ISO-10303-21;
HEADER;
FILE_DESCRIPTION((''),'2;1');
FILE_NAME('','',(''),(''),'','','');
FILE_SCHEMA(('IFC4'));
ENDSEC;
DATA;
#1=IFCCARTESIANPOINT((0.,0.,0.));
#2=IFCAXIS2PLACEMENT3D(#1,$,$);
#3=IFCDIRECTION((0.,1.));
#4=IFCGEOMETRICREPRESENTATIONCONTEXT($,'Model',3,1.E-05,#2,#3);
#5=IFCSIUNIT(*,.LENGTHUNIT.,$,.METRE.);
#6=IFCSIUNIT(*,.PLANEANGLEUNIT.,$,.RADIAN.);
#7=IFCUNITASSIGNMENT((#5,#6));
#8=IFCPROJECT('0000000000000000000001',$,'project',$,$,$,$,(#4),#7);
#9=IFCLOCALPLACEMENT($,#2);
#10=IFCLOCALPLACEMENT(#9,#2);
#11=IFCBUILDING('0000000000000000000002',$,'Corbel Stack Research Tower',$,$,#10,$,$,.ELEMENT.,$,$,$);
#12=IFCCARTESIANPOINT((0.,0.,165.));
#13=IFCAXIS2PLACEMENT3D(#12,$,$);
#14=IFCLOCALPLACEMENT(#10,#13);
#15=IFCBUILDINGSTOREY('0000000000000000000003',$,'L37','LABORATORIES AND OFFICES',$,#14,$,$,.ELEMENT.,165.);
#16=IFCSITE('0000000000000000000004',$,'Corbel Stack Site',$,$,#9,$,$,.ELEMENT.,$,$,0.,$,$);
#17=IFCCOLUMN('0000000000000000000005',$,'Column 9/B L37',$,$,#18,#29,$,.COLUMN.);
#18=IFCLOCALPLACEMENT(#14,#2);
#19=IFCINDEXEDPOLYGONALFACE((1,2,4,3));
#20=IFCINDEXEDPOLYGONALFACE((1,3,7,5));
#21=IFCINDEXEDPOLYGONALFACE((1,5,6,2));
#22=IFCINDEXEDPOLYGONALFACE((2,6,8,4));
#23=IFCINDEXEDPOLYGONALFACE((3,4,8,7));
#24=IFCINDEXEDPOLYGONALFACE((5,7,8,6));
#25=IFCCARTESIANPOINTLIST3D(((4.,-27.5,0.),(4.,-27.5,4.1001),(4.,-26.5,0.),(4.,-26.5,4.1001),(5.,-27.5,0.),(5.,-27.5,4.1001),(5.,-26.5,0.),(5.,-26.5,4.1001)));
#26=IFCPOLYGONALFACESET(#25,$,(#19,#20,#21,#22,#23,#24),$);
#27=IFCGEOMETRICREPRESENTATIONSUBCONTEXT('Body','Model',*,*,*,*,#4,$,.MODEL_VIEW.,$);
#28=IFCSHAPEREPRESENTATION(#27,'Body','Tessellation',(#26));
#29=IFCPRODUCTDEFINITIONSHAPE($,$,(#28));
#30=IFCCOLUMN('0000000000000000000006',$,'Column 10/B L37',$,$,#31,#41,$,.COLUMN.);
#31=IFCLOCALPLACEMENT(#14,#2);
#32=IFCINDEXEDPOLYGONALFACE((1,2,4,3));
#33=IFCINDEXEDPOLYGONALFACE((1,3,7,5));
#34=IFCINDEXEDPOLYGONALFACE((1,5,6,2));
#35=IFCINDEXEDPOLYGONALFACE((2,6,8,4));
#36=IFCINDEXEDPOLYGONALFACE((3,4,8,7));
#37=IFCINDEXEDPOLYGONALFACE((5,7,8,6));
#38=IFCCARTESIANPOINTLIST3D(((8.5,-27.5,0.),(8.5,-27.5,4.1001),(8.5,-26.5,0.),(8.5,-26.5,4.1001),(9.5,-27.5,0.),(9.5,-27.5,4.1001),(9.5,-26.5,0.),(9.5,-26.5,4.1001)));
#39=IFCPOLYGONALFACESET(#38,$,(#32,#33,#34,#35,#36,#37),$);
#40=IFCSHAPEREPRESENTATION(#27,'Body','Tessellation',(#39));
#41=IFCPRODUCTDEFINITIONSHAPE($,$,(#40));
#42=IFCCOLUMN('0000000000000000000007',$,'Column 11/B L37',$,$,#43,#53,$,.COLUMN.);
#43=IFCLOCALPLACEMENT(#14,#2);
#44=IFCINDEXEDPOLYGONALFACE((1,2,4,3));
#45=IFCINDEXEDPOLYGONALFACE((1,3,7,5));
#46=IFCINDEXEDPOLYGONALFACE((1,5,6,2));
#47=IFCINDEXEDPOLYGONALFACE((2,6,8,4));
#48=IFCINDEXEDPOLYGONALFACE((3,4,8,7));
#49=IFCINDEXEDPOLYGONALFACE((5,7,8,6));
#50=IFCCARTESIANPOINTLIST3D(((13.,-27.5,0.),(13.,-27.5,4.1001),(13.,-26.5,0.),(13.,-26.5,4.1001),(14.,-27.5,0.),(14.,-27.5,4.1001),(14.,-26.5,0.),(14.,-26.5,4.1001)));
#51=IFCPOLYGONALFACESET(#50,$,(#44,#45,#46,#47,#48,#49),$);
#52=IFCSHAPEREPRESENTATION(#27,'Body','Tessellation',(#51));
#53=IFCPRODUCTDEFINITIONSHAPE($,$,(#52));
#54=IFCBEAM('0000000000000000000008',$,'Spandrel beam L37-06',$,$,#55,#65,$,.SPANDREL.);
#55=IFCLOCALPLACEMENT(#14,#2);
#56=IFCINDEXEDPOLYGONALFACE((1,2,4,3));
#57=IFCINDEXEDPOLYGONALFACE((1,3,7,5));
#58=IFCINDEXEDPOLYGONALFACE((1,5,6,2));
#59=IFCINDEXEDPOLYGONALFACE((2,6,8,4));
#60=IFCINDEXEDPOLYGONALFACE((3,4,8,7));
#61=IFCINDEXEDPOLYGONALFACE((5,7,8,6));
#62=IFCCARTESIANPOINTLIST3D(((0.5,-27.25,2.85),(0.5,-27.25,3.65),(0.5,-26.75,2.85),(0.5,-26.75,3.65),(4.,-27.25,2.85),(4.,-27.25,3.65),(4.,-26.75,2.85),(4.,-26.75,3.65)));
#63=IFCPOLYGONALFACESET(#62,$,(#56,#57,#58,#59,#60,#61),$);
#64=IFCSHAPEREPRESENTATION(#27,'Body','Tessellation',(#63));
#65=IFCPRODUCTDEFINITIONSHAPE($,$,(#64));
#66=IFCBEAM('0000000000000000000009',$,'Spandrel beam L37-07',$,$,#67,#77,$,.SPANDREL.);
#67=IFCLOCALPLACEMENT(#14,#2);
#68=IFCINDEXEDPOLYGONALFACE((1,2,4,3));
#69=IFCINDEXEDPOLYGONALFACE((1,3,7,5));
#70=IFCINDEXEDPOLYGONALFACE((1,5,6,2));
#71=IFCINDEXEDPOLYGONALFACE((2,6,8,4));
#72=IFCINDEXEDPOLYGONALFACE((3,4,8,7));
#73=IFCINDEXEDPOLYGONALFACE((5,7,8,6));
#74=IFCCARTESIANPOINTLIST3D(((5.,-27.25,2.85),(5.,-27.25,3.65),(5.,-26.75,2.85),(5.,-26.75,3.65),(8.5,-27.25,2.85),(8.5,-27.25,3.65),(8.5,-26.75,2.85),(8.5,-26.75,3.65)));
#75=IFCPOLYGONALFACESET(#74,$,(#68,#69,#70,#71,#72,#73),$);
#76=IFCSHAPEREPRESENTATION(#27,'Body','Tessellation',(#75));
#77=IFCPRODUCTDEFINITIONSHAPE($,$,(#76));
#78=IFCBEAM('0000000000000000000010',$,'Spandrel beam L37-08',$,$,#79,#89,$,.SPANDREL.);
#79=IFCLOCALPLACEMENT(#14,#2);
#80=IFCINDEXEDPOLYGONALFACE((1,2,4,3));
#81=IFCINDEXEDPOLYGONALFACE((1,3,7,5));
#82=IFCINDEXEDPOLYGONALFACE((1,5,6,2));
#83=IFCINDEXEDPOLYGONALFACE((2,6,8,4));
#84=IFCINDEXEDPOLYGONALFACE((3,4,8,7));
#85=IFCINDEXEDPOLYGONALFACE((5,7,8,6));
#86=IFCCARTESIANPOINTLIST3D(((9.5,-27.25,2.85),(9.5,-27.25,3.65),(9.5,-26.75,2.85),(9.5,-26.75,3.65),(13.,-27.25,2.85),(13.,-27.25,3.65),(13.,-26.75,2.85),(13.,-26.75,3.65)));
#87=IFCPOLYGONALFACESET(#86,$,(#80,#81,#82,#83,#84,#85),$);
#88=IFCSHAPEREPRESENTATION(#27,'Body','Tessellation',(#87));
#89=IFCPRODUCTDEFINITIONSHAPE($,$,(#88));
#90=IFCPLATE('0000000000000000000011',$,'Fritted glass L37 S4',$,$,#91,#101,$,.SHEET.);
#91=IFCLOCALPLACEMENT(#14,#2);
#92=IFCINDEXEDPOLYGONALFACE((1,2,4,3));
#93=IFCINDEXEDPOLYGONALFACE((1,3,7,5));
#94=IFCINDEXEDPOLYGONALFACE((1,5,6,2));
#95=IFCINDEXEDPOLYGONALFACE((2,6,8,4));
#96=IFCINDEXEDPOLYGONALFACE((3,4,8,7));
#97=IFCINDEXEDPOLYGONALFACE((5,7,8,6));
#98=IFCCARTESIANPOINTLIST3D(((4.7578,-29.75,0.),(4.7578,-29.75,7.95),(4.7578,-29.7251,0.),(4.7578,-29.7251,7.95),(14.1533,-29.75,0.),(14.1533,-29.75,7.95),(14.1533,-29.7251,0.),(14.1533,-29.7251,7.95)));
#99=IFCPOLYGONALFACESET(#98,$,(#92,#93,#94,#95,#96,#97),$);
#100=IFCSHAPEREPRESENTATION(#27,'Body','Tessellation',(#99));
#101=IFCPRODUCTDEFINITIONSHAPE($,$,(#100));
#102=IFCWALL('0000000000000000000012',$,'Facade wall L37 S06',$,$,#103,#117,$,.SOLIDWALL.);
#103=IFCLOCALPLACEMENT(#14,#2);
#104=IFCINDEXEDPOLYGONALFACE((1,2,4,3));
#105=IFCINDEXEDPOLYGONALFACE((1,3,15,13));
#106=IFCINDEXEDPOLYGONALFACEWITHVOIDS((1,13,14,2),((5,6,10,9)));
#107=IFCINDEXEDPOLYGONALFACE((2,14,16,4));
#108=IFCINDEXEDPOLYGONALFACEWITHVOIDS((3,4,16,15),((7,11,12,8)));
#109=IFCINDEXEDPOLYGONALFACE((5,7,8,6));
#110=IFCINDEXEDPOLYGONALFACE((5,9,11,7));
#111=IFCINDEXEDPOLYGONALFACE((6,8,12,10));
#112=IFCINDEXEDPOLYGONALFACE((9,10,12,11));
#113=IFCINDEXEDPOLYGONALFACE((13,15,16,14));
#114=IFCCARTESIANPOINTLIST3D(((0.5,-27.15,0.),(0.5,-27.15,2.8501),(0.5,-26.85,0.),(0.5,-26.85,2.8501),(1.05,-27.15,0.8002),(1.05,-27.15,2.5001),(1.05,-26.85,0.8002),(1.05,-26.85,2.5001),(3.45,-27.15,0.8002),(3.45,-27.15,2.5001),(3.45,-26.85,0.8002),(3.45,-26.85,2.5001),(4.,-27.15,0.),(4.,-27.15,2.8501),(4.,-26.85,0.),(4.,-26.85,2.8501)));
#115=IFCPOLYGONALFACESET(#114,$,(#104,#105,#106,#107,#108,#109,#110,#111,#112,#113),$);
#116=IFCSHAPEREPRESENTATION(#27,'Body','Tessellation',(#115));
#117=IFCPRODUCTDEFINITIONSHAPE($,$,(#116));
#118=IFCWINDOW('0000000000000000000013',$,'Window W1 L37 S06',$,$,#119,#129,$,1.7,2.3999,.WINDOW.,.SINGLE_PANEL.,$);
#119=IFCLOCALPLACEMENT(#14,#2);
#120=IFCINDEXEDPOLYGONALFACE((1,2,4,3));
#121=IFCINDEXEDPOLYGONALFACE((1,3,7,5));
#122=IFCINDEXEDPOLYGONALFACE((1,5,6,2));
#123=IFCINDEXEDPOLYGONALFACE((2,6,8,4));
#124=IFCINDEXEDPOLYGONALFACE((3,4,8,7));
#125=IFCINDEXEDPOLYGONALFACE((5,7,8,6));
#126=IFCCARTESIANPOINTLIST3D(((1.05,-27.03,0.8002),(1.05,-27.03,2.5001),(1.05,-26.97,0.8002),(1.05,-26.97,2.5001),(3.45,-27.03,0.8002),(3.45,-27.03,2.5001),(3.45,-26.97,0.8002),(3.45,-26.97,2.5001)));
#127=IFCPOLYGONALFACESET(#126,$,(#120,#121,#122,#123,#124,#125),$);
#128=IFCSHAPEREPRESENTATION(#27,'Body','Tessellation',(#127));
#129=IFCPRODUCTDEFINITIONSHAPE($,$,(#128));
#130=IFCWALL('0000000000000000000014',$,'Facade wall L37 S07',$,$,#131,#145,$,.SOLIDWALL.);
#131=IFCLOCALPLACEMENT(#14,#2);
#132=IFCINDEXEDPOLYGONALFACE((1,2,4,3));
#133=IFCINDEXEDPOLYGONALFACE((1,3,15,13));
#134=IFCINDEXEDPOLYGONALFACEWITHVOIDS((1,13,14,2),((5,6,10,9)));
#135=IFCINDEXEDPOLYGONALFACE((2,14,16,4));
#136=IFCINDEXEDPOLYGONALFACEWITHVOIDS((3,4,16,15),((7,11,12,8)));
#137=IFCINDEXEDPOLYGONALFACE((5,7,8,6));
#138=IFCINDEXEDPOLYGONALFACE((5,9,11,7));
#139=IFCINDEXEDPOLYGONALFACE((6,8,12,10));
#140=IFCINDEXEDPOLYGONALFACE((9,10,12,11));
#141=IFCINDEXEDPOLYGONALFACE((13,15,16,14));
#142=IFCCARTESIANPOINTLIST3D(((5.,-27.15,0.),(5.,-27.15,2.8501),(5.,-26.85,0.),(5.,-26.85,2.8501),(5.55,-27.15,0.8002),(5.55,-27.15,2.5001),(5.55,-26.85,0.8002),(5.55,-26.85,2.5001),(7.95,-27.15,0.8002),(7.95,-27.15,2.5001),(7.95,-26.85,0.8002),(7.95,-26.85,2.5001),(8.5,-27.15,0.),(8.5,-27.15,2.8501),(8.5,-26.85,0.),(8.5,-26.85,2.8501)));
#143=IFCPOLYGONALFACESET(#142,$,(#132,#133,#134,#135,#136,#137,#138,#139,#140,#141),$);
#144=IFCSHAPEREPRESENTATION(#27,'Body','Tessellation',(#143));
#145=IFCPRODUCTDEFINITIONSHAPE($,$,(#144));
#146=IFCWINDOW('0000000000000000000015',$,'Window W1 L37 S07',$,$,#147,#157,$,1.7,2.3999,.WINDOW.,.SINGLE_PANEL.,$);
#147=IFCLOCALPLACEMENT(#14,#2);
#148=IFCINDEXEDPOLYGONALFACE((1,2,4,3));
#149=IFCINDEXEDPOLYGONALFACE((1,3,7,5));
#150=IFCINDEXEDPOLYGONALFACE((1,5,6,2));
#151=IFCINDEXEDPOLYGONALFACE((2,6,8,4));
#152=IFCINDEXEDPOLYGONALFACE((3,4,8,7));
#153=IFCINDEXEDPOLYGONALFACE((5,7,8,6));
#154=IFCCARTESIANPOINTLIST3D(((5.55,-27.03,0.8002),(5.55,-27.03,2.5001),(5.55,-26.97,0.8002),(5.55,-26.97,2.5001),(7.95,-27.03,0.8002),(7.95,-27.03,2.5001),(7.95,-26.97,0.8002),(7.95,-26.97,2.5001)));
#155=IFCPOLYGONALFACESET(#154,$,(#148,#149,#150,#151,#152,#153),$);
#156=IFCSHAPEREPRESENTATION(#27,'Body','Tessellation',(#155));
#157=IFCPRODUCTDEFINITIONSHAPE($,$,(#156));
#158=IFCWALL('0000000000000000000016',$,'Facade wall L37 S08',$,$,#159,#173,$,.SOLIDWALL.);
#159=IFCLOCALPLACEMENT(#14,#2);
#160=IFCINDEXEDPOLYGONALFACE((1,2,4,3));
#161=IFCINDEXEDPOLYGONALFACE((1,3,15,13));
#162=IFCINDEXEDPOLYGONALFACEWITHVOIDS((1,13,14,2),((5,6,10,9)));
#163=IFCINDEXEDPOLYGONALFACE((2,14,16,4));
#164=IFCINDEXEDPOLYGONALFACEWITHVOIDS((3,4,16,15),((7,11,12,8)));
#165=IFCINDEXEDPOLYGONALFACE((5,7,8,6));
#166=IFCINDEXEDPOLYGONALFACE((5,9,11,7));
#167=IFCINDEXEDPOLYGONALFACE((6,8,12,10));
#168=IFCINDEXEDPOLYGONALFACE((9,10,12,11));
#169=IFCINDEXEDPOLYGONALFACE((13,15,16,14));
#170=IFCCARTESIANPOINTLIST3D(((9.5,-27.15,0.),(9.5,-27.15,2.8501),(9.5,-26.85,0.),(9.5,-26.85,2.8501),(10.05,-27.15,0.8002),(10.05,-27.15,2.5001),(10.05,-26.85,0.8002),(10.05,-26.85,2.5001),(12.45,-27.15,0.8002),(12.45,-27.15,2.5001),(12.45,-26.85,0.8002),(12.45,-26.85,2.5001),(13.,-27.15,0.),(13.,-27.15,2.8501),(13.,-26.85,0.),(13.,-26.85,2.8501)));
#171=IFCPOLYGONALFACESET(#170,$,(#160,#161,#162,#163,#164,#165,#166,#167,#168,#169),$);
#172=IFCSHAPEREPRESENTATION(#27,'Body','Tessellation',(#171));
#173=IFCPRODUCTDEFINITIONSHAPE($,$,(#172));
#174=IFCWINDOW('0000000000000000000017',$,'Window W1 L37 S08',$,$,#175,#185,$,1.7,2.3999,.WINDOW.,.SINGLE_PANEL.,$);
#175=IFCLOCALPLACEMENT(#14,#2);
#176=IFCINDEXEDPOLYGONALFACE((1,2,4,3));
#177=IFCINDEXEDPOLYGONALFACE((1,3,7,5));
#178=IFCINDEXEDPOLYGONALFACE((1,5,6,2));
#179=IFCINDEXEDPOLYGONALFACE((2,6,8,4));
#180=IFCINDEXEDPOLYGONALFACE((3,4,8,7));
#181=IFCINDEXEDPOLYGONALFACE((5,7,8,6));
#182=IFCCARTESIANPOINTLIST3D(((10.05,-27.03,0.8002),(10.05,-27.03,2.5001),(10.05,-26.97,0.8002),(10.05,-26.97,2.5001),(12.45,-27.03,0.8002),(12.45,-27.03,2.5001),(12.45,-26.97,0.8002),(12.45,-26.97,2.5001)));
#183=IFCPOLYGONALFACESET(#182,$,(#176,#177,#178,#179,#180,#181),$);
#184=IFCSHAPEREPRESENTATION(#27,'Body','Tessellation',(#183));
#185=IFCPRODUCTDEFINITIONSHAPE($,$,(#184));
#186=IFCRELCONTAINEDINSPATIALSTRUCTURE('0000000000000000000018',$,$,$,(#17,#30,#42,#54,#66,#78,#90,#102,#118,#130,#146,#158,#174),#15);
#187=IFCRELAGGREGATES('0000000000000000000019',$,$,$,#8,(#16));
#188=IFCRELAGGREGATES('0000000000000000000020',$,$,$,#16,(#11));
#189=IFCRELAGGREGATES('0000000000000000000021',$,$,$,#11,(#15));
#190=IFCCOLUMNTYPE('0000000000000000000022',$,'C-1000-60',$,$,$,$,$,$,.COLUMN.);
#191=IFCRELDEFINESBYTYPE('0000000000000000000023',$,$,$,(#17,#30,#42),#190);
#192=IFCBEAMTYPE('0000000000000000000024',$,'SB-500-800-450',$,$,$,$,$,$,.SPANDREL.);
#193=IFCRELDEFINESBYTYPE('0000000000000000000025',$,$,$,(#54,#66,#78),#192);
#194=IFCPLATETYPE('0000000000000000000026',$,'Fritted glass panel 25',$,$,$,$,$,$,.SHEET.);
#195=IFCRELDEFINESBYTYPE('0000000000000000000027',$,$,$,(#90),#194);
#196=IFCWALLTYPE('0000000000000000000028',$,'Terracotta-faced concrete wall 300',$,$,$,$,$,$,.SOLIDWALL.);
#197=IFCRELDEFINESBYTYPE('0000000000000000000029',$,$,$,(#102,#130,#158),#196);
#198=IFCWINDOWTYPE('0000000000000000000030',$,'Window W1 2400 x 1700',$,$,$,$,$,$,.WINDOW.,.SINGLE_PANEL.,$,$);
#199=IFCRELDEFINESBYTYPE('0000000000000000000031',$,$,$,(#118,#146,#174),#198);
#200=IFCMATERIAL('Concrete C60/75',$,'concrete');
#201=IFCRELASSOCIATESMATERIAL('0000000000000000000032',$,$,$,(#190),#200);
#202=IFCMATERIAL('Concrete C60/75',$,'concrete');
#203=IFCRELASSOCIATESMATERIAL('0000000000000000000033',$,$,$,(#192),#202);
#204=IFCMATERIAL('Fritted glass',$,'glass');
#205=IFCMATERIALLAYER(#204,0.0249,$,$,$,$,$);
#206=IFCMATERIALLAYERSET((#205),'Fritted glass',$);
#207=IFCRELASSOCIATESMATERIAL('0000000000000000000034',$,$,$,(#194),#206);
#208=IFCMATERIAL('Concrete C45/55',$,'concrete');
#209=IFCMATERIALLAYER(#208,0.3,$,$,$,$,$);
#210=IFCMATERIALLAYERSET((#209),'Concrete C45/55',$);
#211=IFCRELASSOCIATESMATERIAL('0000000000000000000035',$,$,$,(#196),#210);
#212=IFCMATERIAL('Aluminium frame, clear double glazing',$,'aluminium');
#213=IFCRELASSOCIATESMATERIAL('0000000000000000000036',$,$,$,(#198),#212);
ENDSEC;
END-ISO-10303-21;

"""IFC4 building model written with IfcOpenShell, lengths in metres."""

from ifc_helpers import new_model, si_unit, direction, frame, frame_2d, origin, origin_2d, place, context, subcontext, project, spatial, rectangle, extrude, material, layer, layer_set, material_profile, profile_set, type_object, element, fill, save


model = new_model("IFC4")

# Units and contexts
model_context = context("Model", 3, precision=1e-05, world=origin(), true_north=direction((0.0, 1.0)))
body_context = subcontext(model_context, "Body", "Model", "MODEL_VIEW")
ifc_project = project(units=[si_unit("LENGTHUNIT", "METRE"), si_unit("PLANEANGLEUNIT", "RADIAN")], contexts=[model_context])

# Site, building, storey
site_placement = place(None, origin())
site = spatial("IfcSite", under=ifc_project, at=site_placement, Name="Corbel Stack Site", CompositionType="ELEMENT", RefElevation=0.0)
building_placement = place(site_placement, origin())
building = spatial("IfcBuilding", under=site, at=building_placement, Name="Corbel Stack Research Tower", CompositionType="ELEMENT")
storey_placement = place(building_placement, frame((0.0, 0.0, 165.0)))
storey = spatial("IfcBuildingStorey", under=building, at=storey_placement, Name="L37", Description="LABORATORIES AND OFFICES", CompositionType="ELEMENT", Elevation=165.0)

# Columns
ifc_material_1 = material(Name="Concrete C60/75", Category="concrete")
ifc_material_profile_1 = material_profile(ifc_material_1, rectangle(XDim=1.0, YDim=1.0, at=origin_2d()), Name="RC 1000 x 1000")
ifc_profile_set_1 = profile_set([ifc_material_profile_1], Name="Concrete C60/75")
column_type = type_object("IfcColumnType", Name="C-1000-60", PredefinedType="COLUMN", material=ifc_profile_set_1)
for number, where, z_axis, x_axis, name in (
    (1, (4.5, -27.0, 0.0), (0.0, 0.0, 1.0), (1.0, 0.0, 0.0), "Column 9/B L37"),
    (2, (9.0, -27.0, 0.0), (0.0, 0.0, 1.0), (1.0, 0.0, 0.0), "Column 10/B L37"),
    (3, (13.5, -27.0, 0.0), (0.0, 0.0, 1.0), (1.0, 0.0, 0.0), "Column 11/B L37"),
):
    element("IfcColumn", number, at=place(storey_placement, frame(where, z_axis=z_axis, x_axis=x_axis)), inside=storey, type_object=column_type, Name=name, PredefinedType="COLUMN", context=body_context, shape_type="SweptSolid", body=[
        extrude(rectangle(XDim=1.0, YDim=1.0, at=origin_2d()), origin(), (0.0, 0.0, 1.0), 4.1001),
    ])

# Beams
ifc_material_2 = material(Name="Concrete C60/75", Category="concrete")
ifc_material_profile_2 = material_profile(ifc_material_2, rectangle(XDim=0.5, YDim=0.8, at=origin_2d()), Name="RC 500 x 800")
ifc_profile_set_2 = profile_set([ifc_material_profile_2], Name="Concrete C60/75")
beam_type = type_object("IfcBeamType", Name="SB-500-800-450", PredefinedType="SPANDREL", material=ifc_profile_set_2)
for number, where, z_axis, x_axis, name in (
    (4, (0.5, -27.0, 3.25), (1.0, 0.0, 0.0), (0.0, 1.0, 0.0), "Spandrel beam L37-06"),
    (5, (5.0, -27.0, 3.25), (1.0, 0.0, 0.0), (0.0, 1.0, 0.0), "Spandrel beam L37-07"),
    (6, (9.5, -27.0, 3.25), (1.0, 0.0, 0.0), (0.0, 1.0, 0.0), "Spandrel beam L37-08"),
):
    element("IfcBeam", number, at=place(storey_placement, frame(where, z_axis=z_axis, x_axis=x_axis)), inside=storey, type_object=beam_type, Name=name, PredefinedType="SPANDREL", context=body_context, shape_type="SweptSolid", body=[
        extrude(rectangle(XDim=0.5, YDim=0.8, at=origin_2d()), origin(), (0.0, 0.0, 1.0), 3.5),
    ])

# Plate
ifc_material_3 = material(Name="Fritted glass", Category="glass")
ifc_layer_1 = layer(ifc_material_3, 0.0249)
ifc_layer_set_1 = layer_set([ifc_layer_1], Name="Fritted glass")
plate_type = type_object("IfcPlateType", Name="Fritted glass panel 25", PredefinedType="SHEET", material=ifc_layer_set_1)
plate_placement = place(storey_placement, frame((9.4556, -29.7375, 0.0), z_axis=(0.0, 0.0, 1.0), x_axis=(1.0, 0.0, 0.0)))
element("IfcPlate", 7, at=plate_placement, inside=storey, type_object=plate_type, Name="Fritted glass L37 S4", PredefinedType="SHEET", context=body_context, shape_type="SweptSolid", body=[
    extrude(rectangle(XDim=9.3955, YDim=0.0249, at=origin_2d()), origin(), (0.0, 0.0, 1.0), 7.95),
])

# Walls, openings, windows
ifc_material_4 = material(Name="Concrete C45/55", Category="concrete")
ifc_layer_2 = layer(ifc_material_4, 0.3)
ifc_layer_set_2 = layer_set([ifc_layer_2], Name="Concrete C45/55")
wall_type = type_object("IfcWallType", Name="Terracotta-faced concrete wall 300", PredefinedType="SOLIDWALL", material=ifc_layer_set_2)
wall_1_placement = place(storey_placement, frame((4.0, -27.0, 0.0), z_axis=(0.0, 0.0, 1.0), x_axis=(-1.0, 0.0, 0.0)))
wall_1 = element("IfcWall", 8, at=wall_1_placement, inside=storey, type_object=wall_type, Name="Facade wall L37 S06", PredefinedType="SOLIDWALL", context=body_context, shape_type="SweptSolid", body=[
    extrude(rectangle(XDim=3.5, YDim=0.3, at=frame_2d((1.75, 0.0))), origin(), (0.0, 0.0, 1.0), 2.8501),
])
opening_1_placement = place(wall_1_placement, frame((0.55, 0.0, 0.8)))
opening_1 = element("IfcOpeningElement", 9, at=opening_1_placement, cuts=wall_1, PredefinedType="OPENING", context=body_context, shape_type="SweptSolid", body=[
    extrude(rectangle(XDim=2.3999, YDim=1.7, at=frame_2d((1.2, 0.8501))), frame((0.0, 0.1599, 0.0), z_axis=(0.0, -1.0, 0.0), x_axis=(1.0, 0.0, 0.0)), (0.0, 0.0, 1.0), 0.3201),
])
ifc_material_5 = material(Name="Aluminium frame, clear double glazing", Category="aluminium")
window_type = type_object("IfcWindowType", Name="Window W1 2400 x 1700", PartitioningType="SINGLE_PANEL", PredefinedType="WINDOW", material=ifc_material_5)
window_1_placement = place(opening_1_placement, origin())
window_1 = element("IfcWindow", 10, at=window_1_placement, inside=storey, type_object=window_type, Name="Window W1 L37 S06", OverallHeight=1.7, OverallWidth=2.3999, PartitioningType="SINGLE_PANEL", PredefinedType="WINDOW", context=body_context, shape_type="SweptSolid", body=[
    extrude(rectangle(XDim=2.3999, YDim=1.7, at=frame_2d((1.2, 0.8501))), frame((0.0, 0.03, 0.0), z_axis=(0.0, -1.0, 0.0), x_axis=(1.0, 0.0, 0.0)), (0.0, 0.0, 1.0), 0.0601),
])
fill(opening_1, window_1)
wall_2_placement = place(storey_placement, frame((8.5, -27.0, 0.0), z_axis=(0.0, 0.0, 1.0), x_axis=(-1.0, 0.0, 0.0)))
wall_2 = element("IfcWall", 11, at=wall_2_placement, inside=storey, type_object=wall_type, Name="Facade wall L37 S07", PredefinedType="SOLIDWALL", context=body_context, shape_type="SweptSolid", body=[
    extrude(rectangle(XDim=3.5, YDim=0.3, at=frame_2d((1.75, 0.0))), origin(), (0.0, 0.0, 1.0), 2.8501),
])
opening_2_placement = place(wall_2_placement, frame((0.55, 0.0, 0.8)))
opening_2 = element("IfcOpeningElement", 12, at=opening_2_placement, cuts=wall_2, PredefinedType="OPENING", context=body_context, shape_type="SweptSolid", body=[
    extrude(rectangle(XDim=2.3999, YDim=1.7, at=frame_2d((1.2, 0.8501))), frame((0.0, 0.1599, 0.0), z_axis=(0.0, -1.0, 0.0), x_axis=(1.0, 0.0, 0.0)), (0.0, 0.0, 1.0), 0.3201),
])
window_2_placement = place(opening_2_placement, origin())
window_2 = element("IfcWindow", 13, at=window_2_placement, inside=storey, type_object=window_type, Name="Window W1 L37 S07", OverallHeight=1.7, OverallWidth=2.3999, PartitioningType="SINGLE_PANEL", PredefinedType="WINDOW", context=body_context, shape_type="SweptSolid", body=[
    extrude(rectangle(XDim=2.3999, YDim=1.7, at=frame_2d((1.2, 0.8501))), frame((0.0, 0.03, 0.0), z_axis=(0.0, -1.0, 0.0), x_axis=(1.0, 0.0, 0.0)), (0.0, 0.0, 1.0), 0.0601),
])
fill(opening_2, window_2)
wall_3_placement = place(storey_placement, frame((13.0, -27.0, 0.0), z_axis=(0.0, 0.0, 1.0), x_axis=(-1.0, 0.0, 0.0)))
wall_3 = element("IfcWall", 14, at=wall_3_placement, inside=storey, type_object=wall_type, Name="Facade wall L37 S08", PredefinedType="SOLIDWALL", context=body_context, shape_type="SweptSolid", body=[
    extrude(rectangle(XDim=3.5, YDim=0.3, at=frame_2d((1.75, 0.0))), origin(), (0.0, 0.0, 1.0), 2.8501),
])
opening_3_placement = place(wall_3_placement, frame((0.55, 0.0, 0.8)))
opening_3 = element("IfcOpeningElement", 15, at=opening_3_placement, cuts=wall_3, PredefinedType="OPENING", context=body_context, shape_type="SweptSolid", body=[
    extrude(rectangle(XDim=2.3999, YDim=1.7, at=frame_2d((1.2, 0.8501))), frame((0.0, 0.1599, 0.0), z_axis=(0.0, -1.0, 0.0), x_axis=(1.0, 0.0, 0.0)), (0.0, 0.0, 1.0), 0.3201),
])
window_3_placement = place(opening_3_placement, origin())
window_3 = element("IfcWindow", 16, at=window_3_placement, inside=storey, type_object=window_type, Name="Window W1 L37 S08", OverallHeight=1.7, OverallWidth=2.3999, PartitioningType="SINGLE_PANEL", PredefinedType="WINDOW", context=body_context, shape_type="SweptSolid", body=[
    extrude(rectangle(XDim=2.3999, YDim=1.7, at=frame_2d((1.2, 0.8501))), frame((0.0, 0.03, 0.0), z_axis=(0.0, -1.0, 0.0), x_axis=(1.0, 0.0, 0.0)), (0.0, 0.0, 1.0), 0.0601),
])
fill(opening_3, window_3)

save(model, "model.ifc")
